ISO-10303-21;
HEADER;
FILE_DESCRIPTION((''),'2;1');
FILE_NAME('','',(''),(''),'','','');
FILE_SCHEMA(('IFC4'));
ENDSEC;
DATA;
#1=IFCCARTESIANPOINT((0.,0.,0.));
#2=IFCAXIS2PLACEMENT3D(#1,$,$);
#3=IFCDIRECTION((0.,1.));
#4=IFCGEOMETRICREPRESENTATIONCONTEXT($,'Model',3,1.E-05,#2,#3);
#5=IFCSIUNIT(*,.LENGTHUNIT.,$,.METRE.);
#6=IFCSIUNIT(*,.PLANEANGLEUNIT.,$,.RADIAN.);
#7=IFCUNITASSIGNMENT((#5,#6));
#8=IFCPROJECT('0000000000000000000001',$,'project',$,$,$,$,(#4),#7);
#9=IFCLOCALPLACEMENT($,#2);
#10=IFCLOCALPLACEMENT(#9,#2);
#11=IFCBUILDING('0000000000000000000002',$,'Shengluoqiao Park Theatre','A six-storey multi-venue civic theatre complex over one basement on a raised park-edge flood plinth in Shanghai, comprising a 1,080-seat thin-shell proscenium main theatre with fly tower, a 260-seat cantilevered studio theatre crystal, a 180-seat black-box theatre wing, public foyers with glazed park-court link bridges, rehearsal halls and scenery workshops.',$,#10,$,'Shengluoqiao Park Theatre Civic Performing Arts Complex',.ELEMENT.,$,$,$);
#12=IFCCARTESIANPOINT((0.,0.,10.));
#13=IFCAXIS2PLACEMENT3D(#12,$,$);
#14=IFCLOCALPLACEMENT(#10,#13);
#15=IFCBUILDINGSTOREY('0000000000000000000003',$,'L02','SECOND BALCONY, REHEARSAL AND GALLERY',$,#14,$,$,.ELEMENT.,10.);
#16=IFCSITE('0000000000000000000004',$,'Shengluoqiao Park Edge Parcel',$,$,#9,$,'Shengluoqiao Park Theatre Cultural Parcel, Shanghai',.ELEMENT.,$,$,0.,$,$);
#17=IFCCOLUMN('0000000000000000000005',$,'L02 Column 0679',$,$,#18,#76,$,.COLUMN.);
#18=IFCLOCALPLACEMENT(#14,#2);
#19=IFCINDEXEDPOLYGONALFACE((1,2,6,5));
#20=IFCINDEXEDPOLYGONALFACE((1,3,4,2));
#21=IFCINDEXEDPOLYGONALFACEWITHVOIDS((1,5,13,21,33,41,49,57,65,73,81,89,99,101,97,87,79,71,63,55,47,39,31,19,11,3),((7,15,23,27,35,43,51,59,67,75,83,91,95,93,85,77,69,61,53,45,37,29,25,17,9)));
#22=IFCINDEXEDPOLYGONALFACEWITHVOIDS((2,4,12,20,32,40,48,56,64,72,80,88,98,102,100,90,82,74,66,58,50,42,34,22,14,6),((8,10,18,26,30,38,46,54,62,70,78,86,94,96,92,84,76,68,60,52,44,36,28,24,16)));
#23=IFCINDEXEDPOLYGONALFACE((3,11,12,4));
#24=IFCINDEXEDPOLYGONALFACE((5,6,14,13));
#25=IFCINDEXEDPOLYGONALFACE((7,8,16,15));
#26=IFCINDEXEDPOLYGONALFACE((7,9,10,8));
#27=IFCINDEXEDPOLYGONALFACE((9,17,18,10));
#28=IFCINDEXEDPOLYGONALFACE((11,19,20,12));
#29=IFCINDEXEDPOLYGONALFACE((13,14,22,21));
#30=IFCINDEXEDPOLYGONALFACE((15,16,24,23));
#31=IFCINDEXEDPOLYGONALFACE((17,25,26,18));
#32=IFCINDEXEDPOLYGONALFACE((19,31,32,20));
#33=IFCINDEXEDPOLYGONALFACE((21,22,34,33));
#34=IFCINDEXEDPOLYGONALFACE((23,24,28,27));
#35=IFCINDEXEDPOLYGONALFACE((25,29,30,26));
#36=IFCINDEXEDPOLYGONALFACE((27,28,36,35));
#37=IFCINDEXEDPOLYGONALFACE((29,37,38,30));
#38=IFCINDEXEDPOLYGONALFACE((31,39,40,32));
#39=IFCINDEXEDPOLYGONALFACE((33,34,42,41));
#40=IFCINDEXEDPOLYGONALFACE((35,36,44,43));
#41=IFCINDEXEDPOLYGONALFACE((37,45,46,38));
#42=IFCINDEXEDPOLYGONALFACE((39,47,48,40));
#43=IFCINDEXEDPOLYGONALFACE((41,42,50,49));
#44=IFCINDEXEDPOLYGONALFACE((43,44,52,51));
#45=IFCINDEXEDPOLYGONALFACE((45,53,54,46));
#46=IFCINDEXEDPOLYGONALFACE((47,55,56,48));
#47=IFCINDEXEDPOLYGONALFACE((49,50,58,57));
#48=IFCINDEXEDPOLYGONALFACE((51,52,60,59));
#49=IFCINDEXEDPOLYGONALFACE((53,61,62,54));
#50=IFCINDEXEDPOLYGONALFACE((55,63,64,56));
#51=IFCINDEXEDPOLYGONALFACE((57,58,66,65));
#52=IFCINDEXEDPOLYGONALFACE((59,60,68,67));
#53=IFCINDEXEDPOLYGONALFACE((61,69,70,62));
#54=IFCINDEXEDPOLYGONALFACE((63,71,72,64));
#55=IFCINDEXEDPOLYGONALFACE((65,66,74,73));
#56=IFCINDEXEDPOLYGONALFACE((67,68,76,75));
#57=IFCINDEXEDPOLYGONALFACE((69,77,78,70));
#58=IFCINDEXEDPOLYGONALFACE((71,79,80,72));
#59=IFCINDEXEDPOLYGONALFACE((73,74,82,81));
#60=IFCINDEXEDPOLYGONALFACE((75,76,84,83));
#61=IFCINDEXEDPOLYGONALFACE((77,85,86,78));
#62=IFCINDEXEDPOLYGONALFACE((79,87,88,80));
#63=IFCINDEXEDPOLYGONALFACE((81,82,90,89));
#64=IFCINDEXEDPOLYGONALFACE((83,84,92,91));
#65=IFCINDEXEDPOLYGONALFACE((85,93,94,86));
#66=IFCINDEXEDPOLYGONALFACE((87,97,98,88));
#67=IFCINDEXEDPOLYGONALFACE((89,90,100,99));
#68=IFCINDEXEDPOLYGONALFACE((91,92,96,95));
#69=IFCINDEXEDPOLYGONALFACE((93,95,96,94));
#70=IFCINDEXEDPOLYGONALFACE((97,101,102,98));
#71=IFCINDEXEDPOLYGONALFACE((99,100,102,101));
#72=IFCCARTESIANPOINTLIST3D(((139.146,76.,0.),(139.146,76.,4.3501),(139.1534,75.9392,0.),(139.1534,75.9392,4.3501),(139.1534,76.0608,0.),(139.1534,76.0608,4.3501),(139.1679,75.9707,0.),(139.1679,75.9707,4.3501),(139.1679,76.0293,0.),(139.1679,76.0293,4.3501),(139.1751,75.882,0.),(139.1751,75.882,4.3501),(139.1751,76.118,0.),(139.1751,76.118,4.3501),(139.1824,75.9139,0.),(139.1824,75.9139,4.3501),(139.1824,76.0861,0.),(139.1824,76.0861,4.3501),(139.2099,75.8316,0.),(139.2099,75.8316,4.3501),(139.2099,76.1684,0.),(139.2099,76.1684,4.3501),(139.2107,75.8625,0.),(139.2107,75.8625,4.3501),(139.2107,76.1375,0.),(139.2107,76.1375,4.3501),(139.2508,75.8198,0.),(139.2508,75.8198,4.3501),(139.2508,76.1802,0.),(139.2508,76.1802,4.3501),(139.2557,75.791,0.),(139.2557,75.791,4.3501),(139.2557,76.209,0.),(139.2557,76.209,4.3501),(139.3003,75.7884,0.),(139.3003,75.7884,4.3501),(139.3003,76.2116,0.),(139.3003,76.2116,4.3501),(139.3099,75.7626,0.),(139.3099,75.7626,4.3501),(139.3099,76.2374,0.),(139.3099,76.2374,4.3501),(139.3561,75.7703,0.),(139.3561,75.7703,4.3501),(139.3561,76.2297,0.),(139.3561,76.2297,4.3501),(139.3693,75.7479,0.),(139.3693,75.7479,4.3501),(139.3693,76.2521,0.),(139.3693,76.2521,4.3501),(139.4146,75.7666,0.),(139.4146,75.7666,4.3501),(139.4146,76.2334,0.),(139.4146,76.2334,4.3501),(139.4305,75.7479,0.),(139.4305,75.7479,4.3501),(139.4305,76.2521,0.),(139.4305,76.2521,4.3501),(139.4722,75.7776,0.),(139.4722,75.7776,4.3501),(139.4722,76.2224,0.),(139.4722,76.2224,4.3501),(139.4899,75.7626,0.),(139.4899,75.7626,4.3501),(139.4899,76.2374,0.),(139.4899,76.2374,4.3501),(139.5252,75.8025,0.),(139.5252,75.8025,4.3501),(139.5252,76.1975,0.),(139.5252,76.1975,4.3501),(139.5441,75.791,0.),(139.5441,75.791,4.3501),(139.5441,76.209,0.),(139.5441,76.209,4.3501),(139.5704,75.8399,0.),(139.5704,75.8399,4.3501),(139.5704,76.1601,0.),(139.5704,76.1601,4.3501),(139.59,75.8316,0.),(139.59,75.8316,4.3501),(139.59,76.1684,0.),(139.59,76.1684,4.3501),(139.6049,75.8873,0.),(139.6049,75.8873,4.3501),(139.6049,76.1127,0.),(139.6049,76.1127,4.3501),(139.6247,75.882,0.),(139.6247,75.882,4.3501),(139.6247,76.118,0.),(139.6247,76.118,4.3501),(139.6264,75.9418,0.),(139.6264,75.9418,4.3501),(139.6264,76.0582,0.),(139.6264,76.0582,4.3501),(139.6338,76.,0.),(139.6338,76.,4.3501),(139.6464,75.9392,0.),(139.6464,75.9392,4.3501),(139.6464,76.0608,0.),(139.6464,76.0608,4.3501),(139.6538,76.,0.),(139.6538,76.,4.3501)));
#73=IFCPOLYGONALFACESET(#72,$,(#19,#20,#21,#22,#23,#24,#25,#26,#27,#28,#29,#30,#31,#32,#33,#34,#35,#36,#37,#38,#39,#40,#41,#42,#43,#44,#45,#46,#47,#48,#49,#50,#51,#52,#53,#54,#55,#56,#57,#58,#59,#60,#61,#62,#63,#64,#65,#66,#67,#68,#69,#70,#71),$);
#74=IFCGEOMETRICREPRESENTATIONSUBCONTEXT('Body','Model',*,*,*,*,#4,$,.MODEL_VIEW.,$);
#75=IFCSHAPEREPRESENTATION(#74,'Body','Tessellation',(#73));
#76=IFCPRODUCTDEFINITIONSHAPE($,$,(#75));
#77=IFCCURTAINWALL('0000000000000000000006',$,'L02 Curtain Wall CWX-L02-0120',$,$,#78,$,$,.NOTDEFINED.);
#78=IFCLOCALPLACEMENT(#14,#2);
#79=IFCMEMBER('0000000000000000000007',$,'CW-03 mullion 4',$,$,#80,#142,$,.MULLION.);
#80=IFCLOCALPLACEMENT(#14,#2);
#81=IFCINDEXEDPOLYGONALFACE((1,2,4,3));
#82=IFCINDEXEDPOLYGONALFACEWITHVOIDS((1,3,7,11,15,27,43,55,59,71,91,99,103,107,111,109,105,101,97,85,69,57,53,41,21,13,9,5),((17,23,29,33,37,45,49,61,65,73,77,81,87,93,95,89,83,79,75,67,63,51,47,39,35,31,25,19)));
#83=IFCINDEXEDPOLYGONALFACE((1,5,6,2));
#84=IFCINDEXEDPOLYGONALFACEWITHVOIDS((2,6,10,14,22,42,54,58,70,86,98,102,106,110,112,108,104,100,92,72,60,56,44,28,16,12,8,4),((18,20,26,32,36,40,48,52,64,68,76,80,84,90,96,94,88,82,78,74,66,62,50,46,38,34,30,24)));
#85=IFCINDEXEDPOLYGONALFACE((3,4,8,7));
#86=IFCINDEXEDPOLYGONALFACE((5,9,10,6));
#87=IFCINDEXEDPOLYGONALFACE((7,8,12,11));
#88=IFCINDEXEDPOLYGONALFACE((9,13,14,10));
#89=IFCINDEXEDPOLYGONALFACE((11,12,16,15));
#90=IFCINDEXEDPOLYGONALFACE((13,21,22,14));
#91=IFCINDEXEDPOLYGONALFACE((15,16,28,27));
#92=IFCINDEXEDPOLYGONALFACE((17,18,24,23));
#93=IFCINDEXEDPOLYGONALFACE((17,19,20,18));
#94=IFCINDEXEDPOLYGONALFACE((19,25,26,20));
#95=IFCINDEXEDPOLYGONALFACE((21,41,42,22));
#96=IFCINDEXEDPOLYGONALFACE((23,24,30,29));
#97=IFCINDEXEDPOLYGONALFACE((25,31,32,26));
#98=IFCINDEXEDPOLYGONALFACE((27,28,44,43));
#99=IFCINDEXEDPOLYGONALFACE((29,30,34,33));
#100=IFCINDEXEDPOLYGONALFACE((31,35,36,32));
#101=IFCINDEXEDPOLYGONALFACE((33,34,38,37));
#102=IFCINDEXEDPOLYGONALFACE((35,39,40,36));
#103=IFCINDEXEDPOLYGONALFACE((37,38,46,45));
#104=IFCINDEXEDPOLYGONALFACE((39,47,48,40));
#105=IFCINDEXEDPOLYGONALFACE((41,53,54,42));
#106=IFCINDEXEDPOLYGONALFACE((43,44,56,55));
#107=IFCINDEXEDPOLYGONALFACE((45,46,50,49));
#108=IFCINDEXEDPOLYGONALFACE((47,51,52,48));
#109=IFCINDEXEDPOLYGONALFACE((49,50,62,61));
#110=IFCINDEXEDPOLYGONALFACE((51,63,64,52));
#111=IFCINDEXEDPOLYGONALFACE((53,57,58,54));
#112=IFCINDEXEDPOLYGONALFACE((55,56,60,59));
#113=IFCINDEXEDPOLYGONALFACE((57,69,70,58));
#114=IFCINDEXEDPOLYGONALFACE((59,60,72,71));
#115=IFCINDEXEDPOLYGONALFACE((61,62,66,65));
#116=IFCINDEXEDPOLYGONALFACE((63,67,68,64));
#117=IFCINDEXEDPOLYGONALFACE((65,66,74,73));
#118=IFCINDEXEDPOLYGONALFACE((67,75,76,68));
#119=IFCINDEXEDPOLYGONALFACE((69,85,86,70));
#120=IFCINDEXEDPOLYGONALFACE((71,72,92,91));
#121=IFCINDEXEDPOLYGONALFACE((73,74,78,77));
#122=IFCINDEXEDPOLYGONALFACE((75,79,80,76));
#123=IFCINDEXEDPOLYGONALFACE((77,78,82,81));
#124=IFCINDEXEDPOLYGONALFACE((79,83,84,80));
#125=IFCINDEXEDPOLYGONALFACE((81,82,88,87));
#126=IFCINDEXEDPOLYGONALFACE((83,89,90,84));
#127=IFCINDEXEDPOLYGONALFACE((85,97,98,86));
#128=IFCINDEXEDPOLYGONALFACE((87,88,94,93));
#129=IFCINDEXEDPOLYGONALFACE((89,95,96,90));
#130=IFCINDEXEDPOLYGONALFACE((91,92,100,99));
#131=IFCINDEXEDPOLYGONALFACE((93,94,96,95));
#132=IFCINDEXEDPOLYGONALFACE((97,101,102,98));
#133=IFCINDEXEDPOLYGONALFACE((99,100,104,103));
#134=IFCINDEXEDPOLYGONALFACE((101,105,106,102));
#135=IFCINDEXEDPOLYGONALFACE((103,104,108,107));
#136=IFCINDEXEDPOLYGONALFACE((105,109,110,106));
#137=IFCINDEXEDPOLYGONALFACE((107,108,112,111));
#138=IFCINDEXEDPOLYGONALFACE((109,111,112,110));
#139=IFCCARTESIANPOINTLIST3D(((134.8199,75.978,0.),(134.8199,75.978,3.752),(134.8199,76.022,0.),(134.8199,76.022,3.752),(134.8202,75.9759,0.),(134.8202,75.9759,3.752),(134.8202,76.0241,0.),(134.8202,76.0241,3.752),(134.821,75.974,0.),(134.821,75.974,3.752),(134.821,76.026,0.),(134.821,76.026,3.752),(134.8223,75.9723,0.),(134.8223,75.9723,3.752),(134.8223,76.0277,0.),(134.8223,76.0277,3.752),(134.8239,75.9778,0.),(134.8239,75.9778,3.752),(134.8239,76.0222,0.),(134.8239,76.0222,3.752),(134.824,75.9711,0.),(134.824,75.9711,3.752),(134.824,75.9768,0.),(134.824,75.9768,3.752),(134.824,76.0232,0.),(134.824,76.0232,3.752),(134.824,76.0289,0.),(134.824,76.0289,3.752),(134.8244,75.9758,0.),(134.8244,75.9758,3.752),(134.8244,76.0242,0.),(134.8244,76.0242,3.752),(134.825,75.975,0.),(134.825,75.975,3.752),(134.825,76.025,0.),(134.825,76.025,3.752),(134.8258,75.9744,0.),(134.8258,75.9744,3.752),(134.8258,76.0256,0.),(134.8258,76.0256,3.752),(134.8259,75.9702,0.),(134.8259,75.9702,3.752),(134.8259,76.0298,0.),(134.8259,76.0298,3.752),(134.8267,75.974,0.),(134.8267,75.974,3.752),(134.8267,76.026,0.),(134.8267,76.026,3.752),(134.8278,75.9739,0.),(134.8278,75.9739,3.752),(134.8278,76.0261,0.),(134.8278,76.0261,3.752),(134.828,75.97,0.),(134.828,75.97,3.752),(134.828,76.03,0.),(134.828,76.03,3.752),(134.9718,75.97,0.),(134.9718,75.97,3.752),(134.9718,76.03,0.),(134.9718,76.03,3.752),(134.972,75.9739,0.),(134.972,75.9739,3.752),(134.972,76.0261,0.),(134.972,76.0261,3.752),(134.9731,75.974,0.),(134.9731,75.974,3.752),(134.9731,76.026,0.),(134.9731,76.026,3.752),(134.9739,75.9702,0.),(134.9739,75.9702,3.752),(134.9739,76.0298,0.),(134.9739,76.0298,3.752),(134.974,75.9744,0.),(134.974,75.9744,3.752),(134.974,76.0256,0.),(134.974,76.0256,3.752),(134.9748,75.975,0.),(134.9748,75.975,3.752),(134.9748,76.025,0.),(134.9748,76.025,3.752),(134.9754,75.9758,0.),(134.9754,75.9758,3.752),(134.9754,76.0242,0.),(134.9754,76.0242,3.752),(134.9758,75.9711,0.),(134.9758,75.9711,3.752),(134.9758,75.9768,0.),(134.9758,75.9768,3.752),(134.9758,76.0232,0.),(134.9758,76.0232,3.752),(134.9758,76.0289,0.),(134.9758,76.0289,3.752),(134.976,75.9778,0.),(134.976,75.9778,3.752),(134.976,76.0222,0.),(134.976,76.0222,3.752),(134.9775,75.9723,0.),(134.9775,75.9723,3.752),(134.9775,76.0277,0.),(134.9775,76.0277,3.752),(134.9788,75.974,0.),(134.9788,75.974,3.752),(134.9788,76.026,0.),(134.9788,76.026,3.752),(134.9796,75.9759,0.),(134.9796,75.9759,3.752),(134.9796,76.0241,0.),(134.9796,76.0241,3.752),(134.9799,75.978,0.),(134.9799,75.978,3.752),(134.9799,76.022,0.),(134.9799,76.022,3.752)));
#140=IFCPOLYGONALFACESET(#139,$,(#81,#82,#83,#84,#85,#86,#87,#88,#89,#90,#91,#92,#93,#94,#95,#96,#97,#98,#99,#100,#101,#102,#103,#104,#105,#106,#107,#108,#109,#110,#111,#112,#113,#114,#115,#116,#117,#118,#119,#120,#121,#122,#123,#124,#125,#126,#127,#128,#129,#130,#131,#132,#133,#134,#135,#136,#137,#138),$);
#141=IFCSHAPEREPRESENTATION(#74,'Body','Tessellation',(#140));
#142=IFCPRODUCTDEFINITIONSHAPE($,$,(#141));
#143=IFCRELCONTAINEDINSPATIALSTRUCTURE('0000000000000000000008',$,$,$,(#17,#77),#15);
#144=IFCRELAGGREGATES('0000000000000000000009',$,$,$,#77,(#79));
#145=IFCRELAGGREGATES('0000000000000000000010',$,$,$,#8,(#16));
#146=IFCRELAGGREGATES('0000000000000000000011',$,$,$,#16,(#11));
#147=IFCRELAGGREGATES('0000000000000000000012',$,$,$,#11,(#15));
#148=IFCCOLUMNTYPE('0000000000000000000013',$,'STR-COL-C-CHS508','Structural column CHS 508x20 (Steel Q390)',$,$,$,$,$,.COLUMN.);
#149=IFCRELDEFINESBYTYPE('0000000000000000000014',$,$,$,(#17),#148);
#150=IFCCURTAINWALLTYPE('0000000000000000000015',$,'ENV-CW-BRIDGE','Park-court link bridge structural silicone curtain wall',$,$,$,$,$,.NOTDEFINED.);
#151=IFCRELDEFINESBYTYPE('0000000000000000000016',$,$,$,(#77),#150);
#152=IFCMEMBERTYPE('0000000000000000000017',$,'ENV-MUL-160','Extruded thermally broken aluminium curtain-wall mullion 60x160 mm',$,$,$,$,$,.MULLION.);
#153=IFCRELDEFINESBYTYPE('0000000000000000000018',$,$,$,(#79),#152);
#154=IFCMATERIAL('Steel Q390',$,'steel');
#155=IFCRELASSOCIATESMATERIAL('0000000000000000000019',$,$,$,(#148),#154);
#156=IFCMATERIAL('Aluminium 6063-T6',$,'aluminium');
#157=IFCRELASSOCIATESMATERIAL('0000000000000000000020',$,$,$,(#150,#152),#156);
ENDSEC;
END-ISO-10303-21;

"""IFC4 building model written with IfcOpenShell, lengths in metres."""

from ifc_helpers import new_model, si_unit, direction, frame, origin, origin_2d, place, context, subcontext, project, spatial, hollow_rectangle, hollow_circle, extrude, material, material_profile, profile_set, type_object, element, aggregate, save


model = new_model("IFC4")

# Units and contexts
model_context = context("Model", 3, precision=1e-05, world=origin(), true_north=direction((0.0, 1.0)))
body_context = subcontext(model_context, "Body", "Model", "MODEL_VIEW")
ifc_project = project(units=[si_unit("LENGTHUNIT", "METRE"), si_unit("PLANEANGLEUNIT", "RADIAN")], contexts=[model_context])

# Site, building, storey
site_placement = place(None, origin())
site = spatial("IfcSite", under=ifc_project, at=site_placement, Name="Shengluoqiao Park Edge Parcel", LongName="Shengluoqiao Park Theatre Cultural Parcel, Shanghai", CompositionType="ELEMENT", RefElevation=0.0)
building_placement = place(site_placement, origin())
building = spatial("IfcBuilding", under=site, at=building_placement, Name="Shengluoqiao Park Theatre", Description="A six-storey multi-venue civic theatre complex over one basement on a raised park-edge flood plinth in Shanghai, comprising a 1,080-seat thin-shell proscenium main theatre with fly tower, a 260-seat cantilevered studio theatre crystal, a 180-seat black-box theatre wing, public foyers with glazed park-court link bridges, rehearsal halls and scenery workshops.", LongName="Shengluoqiao Park Theatre Civic Performing Arts Complex", CompositionType="ELEMENT")
storey_placement = place(building_placement, frame((0.0, 0.0, 10.0)))
storey = spatial("IfcBuildingStorey", under=building, at=storey_placement, Name="L02", Description="SECOND BALCONY, REHEARSAL AND GALLERY", CompositionType="ELEMENT", Elevation=10.0)

# Column
ifc_material_1 = material(Name="Steel Q390", Category="steel")
ifc_material_profile_1 = material_profile(ifc_material_1, hollow_circle(Radius=0.2539, WallThickness=0.02, at=origin_2d()), Name="CHS 508x20")
ifc_profile_set_1 = profile_set([ifc_material_profile_1], Name="Steel Q390")
column_type = type_object("IfcColumnType", Name="STR-COL-C-CHS508", Description="Structural column CHS 508x20 (Steel Q390)", PredefinedType="COLUMN", material=ifc_profile_set_1)
column_placement = place(storey_placement, frame((139.3999, 76.0, 0.0), z_axis=(0.0, 0.0, 1.0), x_axis=(1.0, 0.0, 0.0)))
element("IfcColumn", 1, at=column_placement, inside=storey, type_object=column_type, Name="L02 Column 0679", PredefinedType="COLUMN", context=body_context, shape_type="SweptSolid", body=[
    extrude(hollow_circle(Radius=0.2539, WallThickness=0.02, at=origin_2d()), origin(), (0.0, 0.0, 1.0), 4.3501),
])

# Curtain wall, member
ifc_material_2 = material(Name="Aluminium 6063-T6", Category="aluminium")
curtain_wall_type = type_object("IfcCurtainWallType", Name="ENV-CW-BRIDGE", Description="Park-court link bridge structural silicone curtain wall", PredefinedType="NOTDEFINED", material=ifc_material_2)
curtain_wall_placement = place(storey_placement, origin())
curtain_wall = element("IfcCurtainWall", 2, at=curtain_wall_placement, inside=storey, type_object=curtain_wall_type, Name="L02 Curtain Wall CWX-L02-0120", PredefinedType="NOTDEFINED")
ifc_material_profile_2 = material_profile(ifc_material_2, hollow_rectangle(XDim=0.0601, YDim=0.1599, WallThickness=0.0039, InnerFilletRadius=0.0039, OuterFilletRadius=0.0081, at=origin_2d()), Name="ALU MULLION 160x60x4")
ifc_profile_set_2 = profile_set([ifc_material_profile_2], Name="Aluminium 6063-T6")
member_type_1 = type_object("IfcMemberType", Name="ENV-MUL-160", Description="Extruded thermally broken aluminium curtain-wall mullion 60x160 mm", PredefinedType="MULLION", material=ifc_profile_set_2)
member_1_placement = place(storey_placement, frame((134.8999, 76.0, 0.0), z_axis=(0.0, 0.0, 1.0), x_axis=(0.0, 1.0, 0.0)))
member_1 = element("IfcMember", 3, at=member_1_placement, type_object=member_type_1, Name="CW-03 mullion 4", PredefinedType="MULLION", context=body_context, shape_type="SweptSolid", body=[
    extrude(hollow_rectangle(XDim=0.0601, YDim=0.1599, WallThickness=0.0039, InnerFilletRadius=0.0039, OuterFilletRadius=0.0081, at=origin_2d()), origin(), (0.0, 0.0, 1.0), 3.752),
])

aggregate(curtain_wall, [member_1])

save(model, "model.ifc")
